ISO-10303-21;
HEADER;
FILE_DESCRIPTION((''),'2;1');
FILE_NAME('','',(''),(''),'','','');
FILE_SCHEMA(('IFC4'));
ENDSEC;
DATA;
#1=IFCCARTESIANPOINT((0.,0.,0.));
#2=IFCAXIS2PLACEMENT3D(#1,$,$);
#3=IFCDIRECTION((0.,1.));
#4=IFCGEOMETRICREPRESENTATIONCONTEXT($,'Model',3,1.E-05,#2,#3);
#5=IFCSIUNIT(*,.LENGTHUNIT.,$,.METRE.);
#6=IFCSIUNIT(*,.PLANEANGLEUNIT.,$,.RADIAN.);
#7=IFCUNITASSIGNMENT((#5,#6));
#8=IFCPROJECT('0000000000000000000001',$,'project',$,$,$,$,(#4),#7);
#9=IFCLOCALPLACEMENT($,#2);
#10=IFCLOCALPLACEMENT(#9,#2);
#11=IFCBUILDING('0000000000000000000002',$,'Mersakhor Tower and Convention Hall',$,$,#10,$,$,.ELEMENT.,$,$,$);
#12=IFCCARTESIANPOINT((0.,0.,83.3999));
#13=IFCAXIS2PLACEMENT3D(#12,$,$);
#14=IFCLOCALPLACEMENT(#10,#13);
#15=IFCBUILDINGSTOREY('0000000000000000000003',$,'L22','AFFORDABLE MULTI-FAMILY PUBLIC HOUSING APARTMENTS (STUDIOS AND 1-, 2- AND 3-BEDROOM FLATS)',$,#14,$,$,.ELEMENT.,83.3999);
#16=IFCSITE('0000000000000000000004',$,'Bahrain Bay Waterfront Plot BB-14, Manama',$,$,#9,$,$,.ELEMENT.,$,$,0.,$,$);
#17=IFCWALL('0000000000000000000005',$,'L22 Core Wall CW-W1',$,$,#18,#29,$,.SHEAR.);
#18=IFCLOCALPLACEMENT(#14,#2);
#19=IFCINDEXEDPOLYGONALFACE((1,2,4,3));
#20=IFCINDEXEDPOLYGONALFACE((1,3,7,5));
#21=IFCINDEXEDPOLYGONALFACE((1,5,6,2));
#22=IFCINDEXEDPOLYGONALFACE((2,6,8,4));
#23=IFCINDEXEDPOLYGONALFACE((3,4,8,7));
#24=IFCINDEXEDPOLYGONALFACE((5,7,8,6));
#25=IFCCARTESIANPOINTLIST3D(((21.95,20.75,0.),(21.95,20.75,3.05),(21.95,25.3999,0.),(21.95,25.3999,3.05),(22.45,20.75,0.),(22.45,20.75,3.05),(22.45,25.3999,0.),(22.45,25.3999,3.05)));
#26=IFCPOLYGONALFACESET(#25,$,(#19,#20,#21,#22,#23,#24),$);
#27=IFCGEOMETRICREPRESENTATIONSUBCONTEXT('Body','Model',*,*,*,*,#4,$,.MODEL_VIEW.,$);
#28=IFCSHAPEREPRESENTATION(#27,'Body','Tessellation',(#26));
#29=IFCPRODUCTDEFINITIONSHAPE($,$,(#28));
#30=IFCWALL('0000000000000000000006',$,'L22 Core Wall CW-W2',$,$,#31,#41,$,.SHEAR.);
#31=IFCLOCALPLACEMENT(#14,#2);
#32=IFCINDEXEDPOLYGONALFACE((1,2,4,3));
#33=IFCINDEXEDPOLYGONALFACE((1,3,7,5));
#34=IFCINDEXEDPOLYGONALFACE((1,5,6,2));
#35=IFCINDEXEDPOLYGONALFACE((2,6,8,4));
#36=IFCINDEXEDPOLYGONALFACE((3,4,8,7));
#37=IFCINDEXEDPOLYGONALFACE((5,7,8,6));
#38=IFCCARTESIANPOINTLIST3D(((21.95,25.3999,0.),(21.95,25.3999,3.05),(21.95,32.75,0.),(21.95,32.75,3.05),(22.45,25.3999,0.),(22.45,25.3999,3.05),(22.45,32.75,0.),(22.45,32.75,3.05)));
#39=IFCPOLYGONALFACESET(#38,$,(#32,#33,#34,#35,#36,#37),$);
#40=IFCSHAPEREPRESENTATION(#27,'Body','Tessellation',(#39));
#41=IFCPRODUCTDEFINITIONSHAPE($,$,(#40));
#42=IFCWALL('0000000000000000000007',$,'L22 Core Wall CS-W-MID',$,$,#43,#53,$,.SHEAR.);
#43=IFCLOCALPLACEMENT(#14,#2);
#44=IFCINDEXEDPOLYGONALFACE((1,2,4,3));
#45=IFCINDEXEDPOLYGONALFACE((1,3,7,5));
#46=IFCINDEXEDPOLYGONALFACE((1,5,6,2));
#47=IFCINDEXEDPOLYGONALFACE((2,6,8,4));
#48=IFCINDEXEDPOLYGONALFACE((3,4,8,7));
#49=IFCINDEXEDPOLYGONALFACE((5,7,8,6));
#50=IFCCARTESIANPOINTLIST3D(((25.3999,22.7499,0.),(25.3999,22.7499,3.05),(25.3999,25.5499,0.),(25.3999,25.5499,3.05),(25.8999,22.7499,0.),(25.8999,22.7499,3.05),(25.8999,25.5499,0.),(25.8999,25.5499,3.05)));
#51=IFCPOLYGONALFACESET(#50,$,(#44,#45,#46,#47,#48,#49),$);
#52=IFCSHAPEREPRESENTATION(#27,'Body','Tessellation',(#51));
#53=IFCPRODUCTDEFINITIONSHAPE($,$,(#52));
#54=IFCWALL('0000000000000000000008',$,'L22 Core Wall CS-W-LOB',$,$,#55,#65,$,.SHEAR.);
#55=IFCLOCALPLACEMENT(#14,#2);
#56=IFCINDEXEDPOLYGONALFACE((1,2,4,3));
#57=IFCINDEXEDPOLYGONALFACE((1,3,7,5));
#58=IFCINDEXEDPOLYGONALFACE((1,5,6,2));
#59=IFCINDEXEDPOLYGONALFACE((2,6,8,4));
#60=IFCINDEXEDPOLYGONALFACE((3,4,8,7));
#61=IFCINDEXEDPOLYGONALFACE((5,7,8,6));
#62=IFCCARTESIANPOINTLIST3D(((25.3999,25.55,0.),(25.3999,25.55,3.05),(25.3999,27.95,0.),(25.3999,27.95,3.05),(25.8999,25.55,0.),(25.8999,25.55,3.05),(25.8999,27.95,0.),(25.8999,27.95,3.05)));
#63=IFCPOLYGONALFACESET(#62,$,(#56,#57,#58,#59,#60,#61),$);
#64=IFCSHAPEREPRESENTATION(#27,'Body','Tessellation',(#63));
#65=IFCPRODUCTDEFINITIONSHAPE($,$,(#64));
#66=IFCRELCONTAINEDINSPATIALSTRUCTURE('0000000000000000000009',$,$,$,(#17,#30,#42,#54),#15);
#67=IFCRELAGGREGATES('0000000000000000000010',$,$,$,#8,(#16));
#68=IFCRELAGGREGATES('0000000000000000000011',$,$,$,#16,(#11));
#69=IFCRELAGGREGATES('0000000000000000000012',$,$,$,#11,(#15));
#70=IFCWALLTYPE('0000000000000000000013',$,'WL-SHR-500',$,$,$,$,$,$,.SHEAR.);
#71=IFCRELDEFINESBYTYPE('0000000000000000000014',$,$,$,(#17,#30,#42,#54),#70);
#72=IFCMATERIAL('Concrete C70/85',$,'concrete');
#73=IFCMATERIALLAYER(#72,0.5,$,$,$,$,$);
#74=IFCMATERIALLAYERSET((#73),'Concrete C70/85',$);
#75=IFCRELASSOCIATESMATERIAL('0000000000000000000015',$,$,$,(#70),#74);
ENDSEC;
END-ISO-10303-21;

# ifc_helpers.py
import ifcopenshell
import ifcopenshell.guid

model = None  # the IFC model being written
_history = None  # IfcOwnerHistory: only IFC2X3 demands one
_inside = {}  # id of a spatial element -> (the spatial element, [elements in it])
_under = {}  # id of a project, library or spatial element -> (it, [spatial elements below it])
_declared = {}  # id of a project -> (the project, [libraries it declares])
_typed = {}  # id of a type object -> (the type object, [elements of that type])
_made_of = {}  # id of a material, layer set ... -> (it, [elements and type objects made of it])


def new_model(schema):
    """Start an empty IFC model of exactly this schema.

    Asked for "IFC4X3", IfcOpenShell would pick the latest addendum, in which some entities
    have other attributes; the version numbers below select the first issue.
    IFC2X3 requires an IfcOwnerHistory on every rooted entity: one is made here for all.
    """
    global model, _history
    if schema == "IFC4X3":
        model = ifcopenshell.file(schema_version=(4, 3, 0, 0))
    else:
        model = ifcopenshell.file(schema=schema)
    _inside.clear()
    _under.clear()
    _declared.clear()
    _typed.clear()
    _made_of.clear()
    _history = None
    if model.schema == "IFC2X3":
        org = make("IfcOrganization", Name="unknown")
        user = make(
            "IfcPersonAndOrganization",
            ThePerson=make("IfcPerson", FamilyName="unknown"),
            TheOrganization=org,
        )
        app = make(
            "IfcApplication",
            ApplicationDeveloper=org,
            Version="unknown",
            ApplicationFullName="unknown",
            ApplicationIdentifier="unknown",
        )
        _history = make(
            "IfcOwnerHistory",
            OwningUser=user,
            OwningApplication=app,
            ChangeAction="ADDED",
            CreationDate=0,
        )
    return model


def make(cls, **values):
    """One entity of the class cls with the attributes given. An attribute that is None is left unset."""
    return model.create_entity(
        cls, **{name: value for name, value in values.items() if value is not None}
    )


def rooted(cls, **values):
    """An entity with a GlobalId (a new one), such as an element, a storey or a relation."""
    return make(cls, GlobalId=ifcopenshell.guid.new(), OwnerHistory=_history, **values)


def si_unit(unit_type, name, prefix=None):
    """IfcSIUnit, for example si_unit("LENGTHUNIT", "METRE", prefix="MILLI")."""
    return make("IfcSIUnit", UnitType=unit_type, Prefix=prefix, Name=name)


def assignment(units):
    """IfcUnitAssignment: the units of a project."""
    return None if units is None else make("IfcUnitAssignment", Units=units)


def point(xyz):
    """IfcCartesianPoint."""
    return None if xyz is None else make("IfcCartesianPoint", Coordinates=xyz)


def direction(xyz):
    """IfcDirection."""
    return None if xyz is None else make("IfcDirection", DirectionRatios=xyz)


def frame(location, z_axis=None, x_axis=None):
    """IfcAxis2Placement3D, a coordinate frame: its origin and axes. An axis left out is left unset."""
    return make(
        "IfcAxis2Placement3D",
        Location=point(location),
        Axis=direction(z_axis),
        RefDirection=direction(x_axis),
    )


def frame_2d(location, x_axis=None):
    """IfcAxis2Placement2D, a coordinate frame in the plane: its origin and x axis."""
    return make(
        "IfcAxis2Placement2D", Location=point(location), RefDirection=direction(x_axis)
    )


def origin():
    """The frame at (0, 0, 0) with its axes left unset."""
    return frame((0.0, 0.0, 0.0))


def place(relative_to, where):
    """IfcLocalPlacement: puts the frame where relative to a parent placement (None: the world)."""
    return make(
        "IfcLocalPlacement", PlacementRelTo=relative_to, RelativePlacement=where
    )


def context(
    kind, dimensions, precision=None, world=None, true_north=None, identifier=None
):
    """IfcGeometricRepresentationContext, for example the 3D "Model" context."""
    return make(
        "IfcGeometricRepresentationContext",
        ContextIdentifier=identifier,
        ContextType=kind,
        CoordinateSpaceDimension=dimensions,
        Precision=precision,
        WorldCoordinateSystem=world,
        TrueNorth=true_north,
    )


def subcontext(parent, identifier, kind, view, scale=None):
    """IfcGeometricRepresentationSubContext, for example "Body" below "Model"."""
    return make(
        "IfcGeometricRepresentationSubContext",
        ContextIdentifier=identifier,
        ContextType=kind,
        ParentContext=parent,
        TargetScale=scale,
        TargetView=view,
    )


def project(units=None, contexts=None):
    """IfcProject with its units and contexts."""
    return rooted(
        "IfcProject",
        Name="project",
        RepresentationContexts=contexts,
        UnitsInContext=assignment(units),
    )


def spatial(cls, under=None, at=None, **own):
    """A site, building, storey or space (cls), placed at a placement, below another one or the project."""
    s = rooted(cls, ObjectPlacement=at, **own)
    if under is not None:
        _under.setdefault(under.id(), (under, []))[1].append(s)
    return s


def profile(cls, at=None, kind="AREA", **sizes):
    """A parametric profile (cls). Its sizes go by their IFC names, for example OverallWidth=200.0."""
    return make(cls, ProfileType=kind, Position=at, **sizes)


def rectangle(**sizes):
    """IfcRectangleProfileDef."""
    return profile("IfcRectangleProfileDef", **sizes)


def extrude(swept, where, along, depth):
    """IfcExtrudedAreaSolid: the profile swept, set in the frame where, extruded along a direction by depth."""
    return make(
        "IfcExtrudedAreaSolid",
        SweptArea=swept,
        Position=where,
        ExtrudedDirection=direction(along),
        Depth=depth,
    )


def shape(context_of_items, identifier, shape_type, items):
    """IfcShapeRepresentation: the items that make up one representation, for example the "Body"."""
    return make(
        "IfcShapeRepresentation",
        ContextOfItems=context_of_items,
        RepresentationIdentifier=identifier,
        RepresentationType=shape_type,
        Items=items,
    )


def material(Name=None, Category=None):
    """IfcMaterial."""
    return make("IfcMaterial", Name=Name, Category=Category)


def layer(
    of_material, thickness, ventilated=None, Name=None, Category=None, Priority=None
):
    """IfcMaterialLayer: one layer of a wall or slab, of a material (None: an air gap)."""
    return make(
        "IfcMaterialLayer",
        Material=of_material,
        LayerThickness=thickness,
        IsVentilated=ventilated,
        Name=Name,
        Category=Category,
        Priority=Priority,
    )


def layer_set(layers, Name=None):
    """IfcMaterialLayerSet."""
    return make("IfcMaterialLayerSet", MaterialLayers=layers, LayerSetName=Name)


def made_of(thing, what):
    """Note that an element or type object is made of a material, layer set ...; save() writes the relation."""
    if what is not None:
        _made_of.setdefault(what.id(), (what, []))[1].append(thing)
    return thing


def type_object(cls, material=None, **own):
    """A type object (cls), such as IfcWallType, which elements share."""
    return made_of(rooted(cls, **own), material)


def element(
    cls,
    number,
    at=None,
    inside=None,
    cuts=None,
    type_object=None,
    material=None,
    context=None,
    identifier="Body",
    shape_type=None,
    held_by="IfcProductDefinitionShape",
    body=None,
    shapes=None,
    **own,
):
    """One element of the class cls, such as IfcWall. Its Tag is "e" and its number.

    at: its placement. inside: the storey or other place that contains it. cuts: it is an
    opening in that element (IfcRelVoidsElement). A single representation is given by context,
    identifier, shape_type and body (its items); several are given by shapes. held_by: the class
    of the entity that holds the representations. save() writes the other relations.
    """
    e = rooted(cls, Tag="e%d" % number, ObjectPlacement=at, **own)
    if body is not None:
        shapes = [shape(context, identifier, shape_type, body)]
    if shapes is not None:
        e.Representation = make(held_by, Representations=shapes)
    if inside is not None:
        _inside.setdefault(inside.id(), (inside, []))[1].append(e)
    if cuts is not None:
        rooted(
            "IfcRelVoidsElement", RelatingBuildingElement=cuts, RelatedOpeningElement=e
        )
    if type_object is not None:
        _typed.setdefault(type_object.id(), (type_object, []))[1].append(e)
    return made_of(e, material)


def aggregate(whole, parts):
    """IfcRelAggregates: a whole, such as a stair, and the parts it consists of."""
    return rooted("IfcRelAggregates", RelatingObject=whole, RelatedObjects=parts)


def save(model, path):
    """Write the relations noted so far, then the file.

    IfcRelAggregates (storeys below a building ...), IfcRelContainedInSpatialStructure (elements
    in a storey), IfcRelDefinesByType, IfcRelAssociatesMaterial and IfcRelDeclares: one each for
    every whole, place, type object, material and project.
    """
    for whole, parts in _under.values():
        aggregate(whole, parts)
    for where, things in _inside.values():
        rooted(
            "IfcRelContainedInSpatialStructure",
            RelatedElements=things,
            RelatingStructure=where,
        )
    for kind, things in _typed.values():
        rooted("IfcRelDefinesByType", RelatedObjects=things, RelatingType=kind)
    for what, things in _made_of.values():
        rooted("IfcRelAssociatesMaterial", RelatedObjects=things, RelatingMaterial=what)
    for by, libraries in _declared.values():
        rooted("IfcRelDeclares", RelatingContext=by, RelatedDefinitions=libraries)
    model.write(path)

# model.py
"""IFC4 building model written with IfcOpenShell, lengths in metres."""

from ifc_helpers import new_model, si_unit, direction, frame, frame_2d, origin, place, context, subcontext, project, spatial, rectangle, extrude, material, layer, layer_set, type_object, element, save


model = new_model("IFC4")

# Units and contexts
model_context = context("Model", 3, precision=1e-05, world=origin(), true_north=direction((0.0, 1.0)))
body_context = subcontext(model_context, "Body", "Model", "MODEL_VIEW")
ifc_project = project(units=[si_unit("LENGTHUNIT", "METRE"), si_unit("PLANEANGLEUNIT", "RADIAN")], contexts=[model_context])

# Site, building, storey
site_placement = place(None, origin())
site = spatial("IfcSite", under=ifc_project, at=site_placement, Name="Bahrain Bay Waterfront Plot BB-14, Manama", CompositionType="ELEMENT", RefElevation=0.0)
building_placement = place(site_placement, origin())
building = spatial("IfcBuilding", under=site, at=building_placement, Name="Mersakhor Tower and Convention Hall", CompositionType="ELEMENT")
storey_placement = place(building_placement, frame((0.0, 0.0, 83.3999)))
storey = spatial("IfcBuildingStorey", under=building, at=storey_placement, Name="L22", Description="AFFORDABLE MULTI-FAMILY PUBLIC HOUSING APARTMENTS (STUDIOS AND 1-, 2- AND 3-BEDROOM FLATS)", CompositionType="ELEMENT", Elevation=83.3999)

# Walls
ifc_material_1 = material(Name="Concrete C70/85", Category="concrete")
ifc_layer_1 = layer(ifc_material_1, 0.5)
ifc_layer_set_1 = layer_set([ifc_layer_1], Name="Concrete C70/85")
wall_type_1 = type_object("IfcWallType", Name="WL-SHR-500", PredefinedType="SHEAR", material=ifc_layer_set_1)
wall_1_placement = place(storey_placement, frame((22.2, 20.75, 0.0), z_axis=(0.0, 0.0, 1.0), x_axis=(0.0, 1.0, 0.0)))
element("IfcWall", 1, at=wall_1_placement, inside=storey, type_object=wall_type_1, Name="L22 Core Wall CW-W1", PredefinedType="SHEAR", context=body_context, shape_type="SweptSolid", body=[
    extrude(rectangle(XDim=4.6499, YDim=0.5, at=frame_2d((2.325, 0.0))), origin(), (0.0, 0.0, 1.0), 3.05),
])
wall_2_placement = place(storey_placement, frame((22.2, 25.3999, 0.0), z_axis=(0.0, 0.0, 1.0), x_axis=(0.0, 1.0, 0.0)))
element("IfcWall", 2, at=wall_2_placement, inside=storey, type_object=wall_type_1, Name="L22 Core Wall CW-W2", PredefinedType="SHEAR", context=body_context, shape_type="SweptSolid", body=[
    extrude(rectangle(XDim=7.3501, YDim=0.5, at=frame_2d((3.675, 0.0))), origin(), (0.0, 0.0, 1.0), 3.05),
])

# Walls
wall_3_placement = place(storey_placement, frame((25.6499, 22.75, 0.0), z_axis=(0.0, 0.0, 1.0), x_axis=(0.0, 1.0, 0.0)))
element("IfcWall", 3, at=wall_3_placement, inside=storey, type_object=wall_type_1, Name="L22 Core Wall CS-W-MID", PredefinedType="SHEAR", context=body_context, shape_type="SweptSolid", body=[
    extrude(rectangle(XDim=2.8, YDim=0.5, at=frame_2d((1.3999, 0.0))), origin(), (0.0, 0.0, 1.0), 3.05),
])
wall_4_placement = place(storey_placement, frame((25.6499, 25.55, 0.0), z_axis=(0.0, 0.0, 1.0), x_axis=(0.0, 1.0, 0.0)))
element("IfcWall", 4, at=wall_4_placement, inside=storey, type_object=wall_type_1, Name="L22 Core Wall CS-W-LOB", PredefinedType="SHEAR", context=body_context, shape_type="SweptSolid", body=[
    extrude(rectangle(XDim=2.3999, YDim=0.5, at=frame_2d((1.2, 0.0))), origin(), (0.0, 0.0, 1.0), 3.05),
])

save(model, "model.ifc")
